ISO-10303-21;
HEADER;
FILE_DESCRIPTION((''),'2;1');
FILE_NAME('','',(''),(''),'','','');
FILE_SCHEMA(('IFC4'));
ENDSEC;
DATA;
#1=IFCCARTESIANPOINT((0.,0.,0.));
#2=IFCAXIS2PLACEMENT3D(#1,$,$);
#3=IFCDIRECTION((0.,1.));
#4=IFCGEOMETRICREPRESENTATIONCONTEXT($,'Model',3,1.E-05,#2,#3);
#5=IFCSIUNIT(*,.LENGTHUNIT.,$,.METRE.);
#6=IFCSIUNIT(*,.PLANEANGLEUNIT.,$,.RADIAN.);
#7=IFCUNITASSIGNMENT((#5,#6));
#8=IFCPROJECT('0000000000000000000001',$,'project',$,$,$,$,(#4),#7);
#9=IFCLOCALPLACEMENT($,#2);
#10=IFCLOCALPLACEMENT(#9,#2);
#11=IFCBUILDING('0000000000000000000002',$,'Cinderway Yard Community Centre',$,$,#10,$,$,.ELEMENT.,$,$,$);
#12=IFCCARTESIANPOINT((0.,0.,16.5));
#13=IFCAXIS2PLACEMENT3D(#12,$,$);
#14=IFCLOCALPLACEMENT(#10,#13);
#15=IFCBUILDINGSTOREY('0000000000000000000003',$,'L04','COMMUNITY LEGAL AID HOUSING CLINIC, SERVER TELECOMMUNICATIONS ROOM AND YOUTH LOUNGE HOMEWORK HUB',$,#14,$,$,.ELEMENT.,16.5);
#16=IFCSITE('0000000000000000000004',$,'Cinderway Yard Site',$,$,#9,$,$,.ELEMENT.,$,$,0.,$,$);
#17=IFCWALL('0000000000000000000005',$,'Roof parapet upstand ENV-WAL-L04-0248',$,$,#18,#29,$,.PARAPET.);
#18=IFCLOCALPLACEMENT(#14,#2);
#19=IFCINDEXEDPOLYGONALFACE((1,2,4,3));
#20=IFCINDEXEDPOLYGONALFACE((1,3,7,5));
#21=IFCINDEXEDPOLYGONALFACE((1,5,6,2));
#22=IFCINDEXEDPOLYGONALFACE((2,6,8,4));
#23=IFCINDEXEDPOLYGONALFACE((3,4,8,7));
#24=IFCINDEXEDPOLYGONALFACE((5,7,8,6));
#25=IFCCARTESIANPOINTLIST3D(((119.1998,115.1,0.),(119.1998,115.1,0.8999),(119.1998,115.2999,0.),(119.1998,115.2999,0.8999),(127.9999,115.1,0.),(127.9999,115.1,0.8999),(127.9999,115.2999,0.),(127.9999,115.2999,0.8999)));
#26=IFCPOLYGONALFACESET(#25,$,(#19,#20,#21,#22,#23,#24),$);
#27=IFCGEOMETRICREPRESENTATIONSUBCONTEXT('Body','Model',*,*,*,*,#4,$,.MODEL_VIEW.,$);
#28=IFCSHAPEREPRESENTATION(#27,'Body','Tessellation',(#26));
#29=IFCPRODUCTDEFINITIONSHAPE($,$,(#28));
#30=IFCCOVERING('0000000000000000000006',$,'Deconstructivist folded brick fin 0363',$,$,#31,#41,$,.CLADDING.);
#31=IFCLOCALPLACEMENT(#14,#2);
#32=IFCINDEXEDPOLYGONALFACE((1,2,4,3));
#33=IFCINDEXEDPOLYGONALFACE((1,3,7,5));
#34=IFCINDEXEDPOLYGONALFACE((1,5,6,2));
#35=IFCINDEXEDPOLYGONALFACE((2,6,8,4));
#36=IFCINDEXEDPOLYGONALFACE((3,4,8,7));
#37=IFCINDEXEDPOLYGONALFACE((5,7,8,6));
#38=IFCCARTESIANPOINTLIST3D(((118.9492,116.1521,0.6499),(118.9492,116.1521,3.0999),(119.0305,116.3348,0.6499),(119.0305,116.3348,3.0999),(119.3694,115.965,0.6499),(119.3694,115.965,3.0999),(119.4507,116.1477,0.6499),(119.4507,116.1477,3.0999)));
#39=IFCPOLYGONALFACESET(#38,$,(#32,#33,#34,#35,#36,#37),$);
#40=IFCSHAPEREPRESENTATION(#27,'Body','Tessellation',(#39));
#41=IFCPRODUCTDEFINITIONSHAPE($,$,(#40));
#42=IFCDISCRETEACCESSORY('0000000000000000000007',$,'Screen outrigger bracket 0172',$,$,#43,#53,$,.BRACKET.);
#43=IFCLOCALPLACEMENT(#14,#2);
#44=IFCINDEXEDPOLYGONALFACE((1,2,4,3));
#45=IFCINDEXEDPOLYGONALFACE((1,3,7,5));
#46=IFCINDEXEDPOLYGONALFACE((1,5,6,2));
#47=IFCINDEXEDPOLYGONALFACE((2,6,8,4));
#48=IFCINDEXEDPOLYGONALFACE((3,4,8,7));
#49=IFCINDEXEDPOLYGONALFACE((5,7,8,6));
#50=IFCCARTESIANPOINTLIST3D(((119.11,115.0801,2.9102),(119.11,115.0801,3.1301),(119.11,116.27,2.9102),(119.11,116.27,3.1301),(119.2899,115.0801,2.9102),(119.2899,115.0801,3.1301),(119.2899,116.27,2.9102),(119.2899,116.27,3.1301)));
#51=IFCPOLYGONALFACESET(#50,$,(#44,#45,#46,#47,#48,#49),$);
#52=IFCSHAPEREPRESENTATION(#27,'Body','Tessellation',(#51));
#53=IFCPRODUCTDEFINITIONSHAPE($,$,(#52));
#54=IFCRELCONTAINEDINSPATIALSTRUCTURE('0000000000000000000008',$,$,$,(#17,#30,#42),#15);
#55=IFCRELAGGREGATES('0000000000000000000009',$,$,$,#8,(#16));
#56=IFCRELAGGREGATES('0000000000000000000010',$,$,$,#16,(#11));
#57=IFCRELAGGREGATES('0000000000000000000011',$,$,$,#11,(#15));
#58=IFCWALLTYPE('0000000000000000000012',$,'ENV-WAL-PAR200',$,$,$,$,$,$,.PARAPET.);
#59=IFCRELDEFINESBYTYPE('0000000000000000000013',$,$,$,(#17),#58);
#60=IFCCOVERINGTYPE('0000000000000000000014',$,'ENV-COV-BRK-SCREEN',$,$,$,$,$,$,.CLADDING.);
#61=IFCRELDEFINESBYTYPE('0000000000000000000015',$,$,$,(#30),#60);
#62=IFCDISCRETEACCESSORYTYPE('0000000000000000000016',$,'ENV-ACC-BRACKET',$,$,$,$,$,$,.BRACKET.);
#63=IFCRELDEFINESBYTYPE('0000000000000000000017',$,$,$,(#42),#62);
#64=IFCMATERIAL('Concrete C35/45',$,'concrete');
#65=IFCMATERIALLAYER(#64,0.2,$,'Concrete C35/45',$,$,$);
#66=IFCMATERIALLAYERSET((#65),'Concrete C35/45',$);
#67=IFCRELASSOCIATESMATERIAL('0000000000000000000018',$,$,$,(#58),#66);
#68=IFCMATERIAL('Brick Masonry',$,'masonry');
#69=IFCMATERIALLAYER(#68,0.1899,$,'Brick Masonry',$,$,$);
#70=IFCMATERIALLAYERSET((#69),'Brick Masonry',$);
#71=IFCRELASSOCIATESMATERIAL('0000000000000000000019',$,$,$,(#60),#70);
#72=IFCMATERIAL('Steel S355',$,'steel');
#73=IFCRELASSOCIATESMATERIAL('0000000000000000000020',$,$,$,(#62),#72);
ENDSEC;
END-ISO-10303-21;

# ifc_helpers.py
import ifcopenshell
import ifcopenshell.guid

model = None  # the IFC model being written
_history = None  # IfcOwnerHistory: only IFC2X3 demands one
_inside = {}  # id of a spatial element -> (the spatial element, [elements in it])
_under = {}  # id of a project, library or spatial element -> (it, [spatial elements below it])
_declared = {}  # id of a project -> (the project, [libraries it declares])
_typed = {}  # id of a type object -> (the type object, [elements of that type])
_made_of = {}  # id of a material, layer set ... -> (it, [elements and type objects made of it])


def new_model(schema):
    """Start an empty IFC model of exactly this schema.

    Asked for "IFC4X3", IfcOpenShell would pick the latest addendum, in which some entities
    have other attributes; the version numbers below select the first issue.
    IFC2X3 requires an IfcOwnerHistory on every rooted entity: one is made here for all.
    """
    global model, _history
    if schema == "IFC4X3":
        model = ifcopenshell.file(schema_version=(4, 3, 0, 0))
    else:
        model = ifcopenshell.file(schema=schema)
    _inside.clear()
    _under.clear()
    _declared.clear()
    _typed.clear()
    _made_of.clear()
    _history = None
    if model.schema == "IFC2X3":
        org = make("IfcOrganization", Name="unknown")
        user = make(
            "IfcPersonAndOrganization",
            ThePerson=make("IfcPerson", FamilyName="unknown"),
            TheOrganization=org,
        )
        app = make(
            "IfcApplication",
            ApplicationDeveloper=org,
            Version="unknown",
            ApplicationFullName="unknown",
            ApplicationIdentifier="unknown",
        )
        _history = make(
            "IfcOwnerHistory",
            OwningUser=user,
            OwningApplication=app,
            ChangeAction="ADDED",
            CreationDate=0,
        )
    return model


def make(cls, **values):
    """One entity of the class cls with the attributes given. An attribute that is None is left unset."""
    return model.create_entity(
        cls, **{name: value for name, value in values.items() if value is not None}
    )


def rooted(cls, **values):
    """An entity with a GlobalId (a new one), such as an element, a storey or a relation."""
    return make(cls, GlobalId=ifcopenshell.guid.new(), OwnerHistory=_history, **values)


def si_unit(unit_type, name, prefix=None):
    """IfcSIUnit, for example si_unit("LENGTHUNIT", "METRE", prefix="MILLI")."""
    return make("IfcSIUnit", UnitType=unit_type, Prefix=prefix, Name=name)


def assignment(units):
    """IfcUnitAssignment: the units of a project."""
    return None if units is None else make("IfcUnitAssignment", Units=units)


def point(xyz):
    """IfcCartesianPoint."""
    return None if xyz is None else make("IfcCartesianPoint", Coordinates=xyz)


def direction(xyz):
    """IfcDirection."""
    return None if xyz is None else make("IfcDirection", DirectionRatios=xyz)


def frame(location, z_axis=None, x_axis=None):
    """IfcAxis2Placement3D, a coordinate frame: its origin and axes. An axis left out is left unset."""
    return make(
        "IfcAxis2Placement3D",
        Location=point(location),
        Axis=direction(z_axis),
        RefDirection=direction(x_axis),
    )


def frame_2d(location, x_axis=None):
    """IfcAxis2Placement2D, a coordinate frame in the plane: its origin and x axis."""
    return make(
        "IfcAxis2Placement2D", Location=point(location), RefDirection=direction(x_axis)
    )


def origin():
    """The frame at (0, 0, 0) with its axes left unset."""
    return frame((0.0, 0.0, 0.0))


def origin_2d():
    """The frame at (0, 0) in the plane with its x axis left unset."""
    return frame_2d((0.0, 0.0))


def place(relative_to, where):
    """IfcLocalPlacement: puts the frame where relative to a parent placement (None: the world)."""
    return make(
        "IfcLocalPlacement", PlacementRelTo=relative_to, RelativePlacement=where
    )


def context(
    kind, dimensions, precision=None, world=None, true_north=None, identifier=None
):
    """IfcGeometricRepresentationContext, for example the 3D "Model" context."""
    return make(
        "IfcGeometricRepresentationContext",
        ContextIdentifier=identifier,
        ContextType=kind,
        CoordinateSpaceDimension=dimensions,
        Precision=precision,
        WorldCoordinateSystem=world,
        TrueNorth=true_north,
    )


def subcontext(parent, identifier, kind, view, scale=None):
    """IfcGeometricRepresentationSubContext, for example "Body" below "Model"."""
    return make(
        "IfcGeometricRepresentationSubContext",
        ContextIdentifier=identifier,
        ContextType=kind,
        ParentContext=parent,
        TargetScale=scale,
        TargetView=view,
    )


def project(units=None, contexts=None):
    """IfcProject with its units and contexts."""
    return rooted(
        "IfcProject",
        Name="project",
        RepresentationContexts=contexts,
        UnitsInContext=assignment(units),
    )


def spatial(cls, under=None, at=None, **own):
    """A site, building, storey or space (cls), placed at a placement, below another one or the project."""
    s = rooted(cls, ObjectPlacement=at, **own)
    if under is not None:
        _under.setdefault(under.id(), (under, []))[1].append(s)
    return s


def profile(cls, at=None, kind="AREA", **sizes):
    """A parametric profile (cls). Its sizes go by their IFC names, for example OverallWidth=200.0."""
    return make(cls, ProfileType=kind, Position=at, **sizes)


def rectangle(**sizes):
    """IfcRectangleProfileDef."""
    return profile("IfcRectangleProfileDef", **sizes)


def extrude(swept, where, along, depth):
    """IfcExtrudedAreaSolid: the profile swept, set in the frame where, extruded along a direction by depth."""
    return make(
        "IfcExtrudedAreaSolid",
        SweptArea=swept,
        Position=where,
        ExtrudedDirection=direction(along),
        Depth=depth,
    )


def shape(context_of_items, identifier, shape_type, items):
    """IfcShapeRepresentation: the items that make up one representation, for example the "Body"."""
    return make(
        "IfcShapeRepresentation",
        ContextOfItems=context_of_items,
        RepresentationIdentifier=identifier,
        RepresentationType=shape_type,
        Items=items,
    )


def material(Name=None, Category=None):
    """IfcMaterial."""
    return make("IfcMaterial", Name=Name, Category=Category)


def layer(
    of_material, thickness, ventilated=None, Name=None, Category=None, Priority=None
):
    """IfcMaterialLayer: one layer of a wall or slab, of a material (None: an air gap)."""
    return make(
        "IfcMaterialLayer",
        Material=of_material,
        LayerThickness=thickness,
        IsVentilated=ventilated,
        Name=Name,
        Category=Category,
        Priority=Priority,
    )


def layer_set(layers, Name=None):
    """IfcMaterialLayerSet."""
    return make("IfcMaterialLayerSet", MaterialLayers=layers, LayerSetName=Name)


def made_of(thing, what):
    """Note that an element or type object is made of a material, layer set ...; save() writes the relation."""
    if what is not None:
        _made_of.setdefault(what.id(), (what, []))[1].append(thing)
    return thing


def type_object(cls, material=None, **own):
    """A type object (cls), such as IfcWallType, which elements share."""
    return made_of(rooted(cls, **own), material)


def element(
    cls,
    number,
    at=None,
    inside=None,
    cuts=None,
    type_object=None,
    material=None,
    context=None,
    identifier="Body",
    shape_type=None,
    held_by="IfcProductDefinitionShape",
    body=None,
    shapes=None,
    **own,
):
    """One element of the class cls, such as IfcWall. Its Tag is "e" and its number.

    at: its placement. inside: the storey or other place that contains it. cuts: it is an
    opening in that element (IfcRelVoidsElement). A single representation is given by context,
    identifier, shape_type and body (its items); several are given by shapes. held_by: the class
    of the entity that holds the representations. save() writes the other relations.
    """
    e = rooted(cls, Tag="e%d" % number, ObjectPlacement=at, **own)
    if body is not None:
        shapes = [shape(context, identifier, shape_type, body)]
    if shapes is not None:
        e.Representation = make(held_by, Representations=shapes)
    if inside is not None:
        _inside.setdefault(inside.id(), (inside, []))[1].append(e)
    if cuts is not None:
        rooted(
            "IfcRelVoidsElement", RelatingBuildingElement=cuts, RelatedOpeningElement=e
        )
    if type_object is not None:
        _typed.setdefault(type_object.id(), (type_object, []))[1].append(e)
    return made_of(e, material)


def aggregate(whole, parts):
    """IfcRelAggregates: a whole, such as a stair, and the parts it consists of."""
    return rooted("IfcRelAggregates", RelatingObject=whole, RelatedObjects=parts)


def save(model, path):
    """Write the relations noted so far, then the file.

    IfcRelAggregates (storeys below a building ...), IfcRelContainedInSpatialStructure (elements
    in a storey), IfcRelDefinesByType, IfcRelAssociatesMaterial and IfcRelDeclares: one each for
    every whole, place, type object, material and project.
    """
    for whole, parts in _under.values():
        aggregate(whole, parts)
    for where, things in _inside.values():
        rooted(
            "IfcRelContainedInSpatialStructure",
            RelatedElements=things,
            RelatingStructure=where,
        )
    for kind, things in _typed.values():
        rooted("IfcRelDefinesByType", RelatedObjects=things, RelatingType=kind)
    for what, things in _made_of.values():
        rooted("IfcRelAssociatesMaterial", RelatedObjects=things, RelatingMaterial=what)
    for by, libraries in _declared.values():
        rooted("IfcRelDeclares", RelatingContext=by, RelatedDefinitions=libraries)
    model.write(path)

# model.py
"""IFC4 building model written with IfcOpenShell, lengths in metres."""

from ifc_helpers import new_model, si_unit, direction, frame, frame_2d, origin, origin_2d, place, context, subcontext, project, spatial, rectangle, extrude, material, layer, layer_set, type_object, element, save


model = new_model("IFC4")

# Units and contexts
model_context = context("Model", 3, precision=1e-05, world=origin(), true_north=direction((0.0, 1.0)))
body_context = subcontext(model_context, "Body", "Model", "MODEL_VIEW")
ifc_project = project(units=[si_unit("LENGTHUNIT", "METRE"), si_unit("PLANEANGLEUNIT", "RADIAN")], contexts=[model_context])

# Site, building, storey
site_placement = place(None, origin())
site = spatial("IfcSite", under=ifc_project, at=site_placement, Name="Cinderway Yard Site", CompositionType="ELEMENT", RefElevation=0.0)
building_placement = place(site_placement, origin())
building = spatial("IfcBuilding", under=site, at=building_placement, Name="Cinderway Yard Community Centre", CompositionType="ELEMENT")
storey_placement = place(building_placement, frame((0.0, 0.0, 16.5)))
storey = spatial("IfcBuildingStorey", under=building, at=storey_placement, Name="L04", Description="COMMUNITY LEGAL AID HOUSING CLINIC, SERVER TELECOMMUNICATIONS ROOM AND YOUTH LOUNGE HOMEWORK HUB", CompositionType="ELEMENT", Elevation=16.5)

# Shared definitions
ifc_material_1 = material(Name="Steel S355", Category="steel")

# Shared definitions
ifc_material_2 = material(Name="Concrete C35/45", Category="concrete")

# Wall
ifc_layer_1 = layer(ifc_material_2, 0.2, Name="Concrete C35/45")
ifc_layer_set_1 = layer_set([ifc_layer_1], Name="Concrete C35/45")
wall_type = type_object("IfcWallType", Name="ENV-WAL-PAR200", PredefinedType="PARAPET", material=ifc_layer_set_1)
wall_placement = place(storey_placement, frame((119.2, 115.2, 0.0), z_axis=(0.0, 0.0, 1.0), x_axis=(1.0, 0.0, 0.0)))
element("IfcWall", 1, at=wall_placement, inside=storey, type_object=wall_type, Name="Roof parapet upstand ENV-WAL-L04-0248", PredefinedType="PARAPET", context=body_context, shape_type="SweptSolid", body=[
    extrude(rectangle(XDim=8.8, YDim=0.2, at=frame_2d((4.3999, 0.0))), origin(), (0.0, 0.0, 1.0), 0.8999),
])

# Covering
ifc_material_3 = material(Name="Brick Masonry", Category="masonry")
ifc_layer_2 = layer(ifc_material_3, 0.1899, Name="Brick Masonry")
ifc_layer_set_2 = layer_set([ifc_layer_2], Name="Brick Masonry")
covering_type = type_object("IfcCoveringType", Name="ENV-COV-BRK-SCREEN", PredefinedType="CLADDING", material=ifc_layer_set_2)
covering_placement = place(storey_placement, frame((119.2, 116.1499, 0.6499), z_axis=(0.0, 0.0, 1.0), x_axis=(0.913545, -0.406737, 0.0)))
element("IfcCovering", 2, at=covering_placement, inside=storey, type_object=covering_type, Name="Deconstructivist folded brick fin 0363", PredefinedType="CLADDING", context=body_context, shape_type="SweptSolid", body=[
    extrude(rectangle(XDim=0.46, YDim=0.2, at=origin_2d()), origin(), (0.0, 0.0, 1.0), 2.45),
])

# Discrete accessory
discrete_accessory_type = type_object("IfcDiscreteAccessoryType", Name="ENV-ACC-BRACKET", PredefinedType="BRACKET", material=ifc_material_1)
discrete_accessory_placement = place(storey_placement, frame((119.2, 115.675, 2.9102), z_axis=(0.0, 0.0, 1.0), x_axis=(0.0, 1.0, 0.0)))
element("IfcDiscreteAccessory", 3, at=discrete_accessory_placement, inside=storey, type_object=discrete_accessory_type, Name="Screen outrigger bracket 0172", PredefinedType="BRACKET", context=body_context, shape_type="SweptSolid", body=[
    extrude(rectangle(XDim=1.1899, YDim=0.1799, at=origin_2d()), origin(), (0.0, 0.0, 1.0), 0.22),
])

save(model, "model.ifc")
